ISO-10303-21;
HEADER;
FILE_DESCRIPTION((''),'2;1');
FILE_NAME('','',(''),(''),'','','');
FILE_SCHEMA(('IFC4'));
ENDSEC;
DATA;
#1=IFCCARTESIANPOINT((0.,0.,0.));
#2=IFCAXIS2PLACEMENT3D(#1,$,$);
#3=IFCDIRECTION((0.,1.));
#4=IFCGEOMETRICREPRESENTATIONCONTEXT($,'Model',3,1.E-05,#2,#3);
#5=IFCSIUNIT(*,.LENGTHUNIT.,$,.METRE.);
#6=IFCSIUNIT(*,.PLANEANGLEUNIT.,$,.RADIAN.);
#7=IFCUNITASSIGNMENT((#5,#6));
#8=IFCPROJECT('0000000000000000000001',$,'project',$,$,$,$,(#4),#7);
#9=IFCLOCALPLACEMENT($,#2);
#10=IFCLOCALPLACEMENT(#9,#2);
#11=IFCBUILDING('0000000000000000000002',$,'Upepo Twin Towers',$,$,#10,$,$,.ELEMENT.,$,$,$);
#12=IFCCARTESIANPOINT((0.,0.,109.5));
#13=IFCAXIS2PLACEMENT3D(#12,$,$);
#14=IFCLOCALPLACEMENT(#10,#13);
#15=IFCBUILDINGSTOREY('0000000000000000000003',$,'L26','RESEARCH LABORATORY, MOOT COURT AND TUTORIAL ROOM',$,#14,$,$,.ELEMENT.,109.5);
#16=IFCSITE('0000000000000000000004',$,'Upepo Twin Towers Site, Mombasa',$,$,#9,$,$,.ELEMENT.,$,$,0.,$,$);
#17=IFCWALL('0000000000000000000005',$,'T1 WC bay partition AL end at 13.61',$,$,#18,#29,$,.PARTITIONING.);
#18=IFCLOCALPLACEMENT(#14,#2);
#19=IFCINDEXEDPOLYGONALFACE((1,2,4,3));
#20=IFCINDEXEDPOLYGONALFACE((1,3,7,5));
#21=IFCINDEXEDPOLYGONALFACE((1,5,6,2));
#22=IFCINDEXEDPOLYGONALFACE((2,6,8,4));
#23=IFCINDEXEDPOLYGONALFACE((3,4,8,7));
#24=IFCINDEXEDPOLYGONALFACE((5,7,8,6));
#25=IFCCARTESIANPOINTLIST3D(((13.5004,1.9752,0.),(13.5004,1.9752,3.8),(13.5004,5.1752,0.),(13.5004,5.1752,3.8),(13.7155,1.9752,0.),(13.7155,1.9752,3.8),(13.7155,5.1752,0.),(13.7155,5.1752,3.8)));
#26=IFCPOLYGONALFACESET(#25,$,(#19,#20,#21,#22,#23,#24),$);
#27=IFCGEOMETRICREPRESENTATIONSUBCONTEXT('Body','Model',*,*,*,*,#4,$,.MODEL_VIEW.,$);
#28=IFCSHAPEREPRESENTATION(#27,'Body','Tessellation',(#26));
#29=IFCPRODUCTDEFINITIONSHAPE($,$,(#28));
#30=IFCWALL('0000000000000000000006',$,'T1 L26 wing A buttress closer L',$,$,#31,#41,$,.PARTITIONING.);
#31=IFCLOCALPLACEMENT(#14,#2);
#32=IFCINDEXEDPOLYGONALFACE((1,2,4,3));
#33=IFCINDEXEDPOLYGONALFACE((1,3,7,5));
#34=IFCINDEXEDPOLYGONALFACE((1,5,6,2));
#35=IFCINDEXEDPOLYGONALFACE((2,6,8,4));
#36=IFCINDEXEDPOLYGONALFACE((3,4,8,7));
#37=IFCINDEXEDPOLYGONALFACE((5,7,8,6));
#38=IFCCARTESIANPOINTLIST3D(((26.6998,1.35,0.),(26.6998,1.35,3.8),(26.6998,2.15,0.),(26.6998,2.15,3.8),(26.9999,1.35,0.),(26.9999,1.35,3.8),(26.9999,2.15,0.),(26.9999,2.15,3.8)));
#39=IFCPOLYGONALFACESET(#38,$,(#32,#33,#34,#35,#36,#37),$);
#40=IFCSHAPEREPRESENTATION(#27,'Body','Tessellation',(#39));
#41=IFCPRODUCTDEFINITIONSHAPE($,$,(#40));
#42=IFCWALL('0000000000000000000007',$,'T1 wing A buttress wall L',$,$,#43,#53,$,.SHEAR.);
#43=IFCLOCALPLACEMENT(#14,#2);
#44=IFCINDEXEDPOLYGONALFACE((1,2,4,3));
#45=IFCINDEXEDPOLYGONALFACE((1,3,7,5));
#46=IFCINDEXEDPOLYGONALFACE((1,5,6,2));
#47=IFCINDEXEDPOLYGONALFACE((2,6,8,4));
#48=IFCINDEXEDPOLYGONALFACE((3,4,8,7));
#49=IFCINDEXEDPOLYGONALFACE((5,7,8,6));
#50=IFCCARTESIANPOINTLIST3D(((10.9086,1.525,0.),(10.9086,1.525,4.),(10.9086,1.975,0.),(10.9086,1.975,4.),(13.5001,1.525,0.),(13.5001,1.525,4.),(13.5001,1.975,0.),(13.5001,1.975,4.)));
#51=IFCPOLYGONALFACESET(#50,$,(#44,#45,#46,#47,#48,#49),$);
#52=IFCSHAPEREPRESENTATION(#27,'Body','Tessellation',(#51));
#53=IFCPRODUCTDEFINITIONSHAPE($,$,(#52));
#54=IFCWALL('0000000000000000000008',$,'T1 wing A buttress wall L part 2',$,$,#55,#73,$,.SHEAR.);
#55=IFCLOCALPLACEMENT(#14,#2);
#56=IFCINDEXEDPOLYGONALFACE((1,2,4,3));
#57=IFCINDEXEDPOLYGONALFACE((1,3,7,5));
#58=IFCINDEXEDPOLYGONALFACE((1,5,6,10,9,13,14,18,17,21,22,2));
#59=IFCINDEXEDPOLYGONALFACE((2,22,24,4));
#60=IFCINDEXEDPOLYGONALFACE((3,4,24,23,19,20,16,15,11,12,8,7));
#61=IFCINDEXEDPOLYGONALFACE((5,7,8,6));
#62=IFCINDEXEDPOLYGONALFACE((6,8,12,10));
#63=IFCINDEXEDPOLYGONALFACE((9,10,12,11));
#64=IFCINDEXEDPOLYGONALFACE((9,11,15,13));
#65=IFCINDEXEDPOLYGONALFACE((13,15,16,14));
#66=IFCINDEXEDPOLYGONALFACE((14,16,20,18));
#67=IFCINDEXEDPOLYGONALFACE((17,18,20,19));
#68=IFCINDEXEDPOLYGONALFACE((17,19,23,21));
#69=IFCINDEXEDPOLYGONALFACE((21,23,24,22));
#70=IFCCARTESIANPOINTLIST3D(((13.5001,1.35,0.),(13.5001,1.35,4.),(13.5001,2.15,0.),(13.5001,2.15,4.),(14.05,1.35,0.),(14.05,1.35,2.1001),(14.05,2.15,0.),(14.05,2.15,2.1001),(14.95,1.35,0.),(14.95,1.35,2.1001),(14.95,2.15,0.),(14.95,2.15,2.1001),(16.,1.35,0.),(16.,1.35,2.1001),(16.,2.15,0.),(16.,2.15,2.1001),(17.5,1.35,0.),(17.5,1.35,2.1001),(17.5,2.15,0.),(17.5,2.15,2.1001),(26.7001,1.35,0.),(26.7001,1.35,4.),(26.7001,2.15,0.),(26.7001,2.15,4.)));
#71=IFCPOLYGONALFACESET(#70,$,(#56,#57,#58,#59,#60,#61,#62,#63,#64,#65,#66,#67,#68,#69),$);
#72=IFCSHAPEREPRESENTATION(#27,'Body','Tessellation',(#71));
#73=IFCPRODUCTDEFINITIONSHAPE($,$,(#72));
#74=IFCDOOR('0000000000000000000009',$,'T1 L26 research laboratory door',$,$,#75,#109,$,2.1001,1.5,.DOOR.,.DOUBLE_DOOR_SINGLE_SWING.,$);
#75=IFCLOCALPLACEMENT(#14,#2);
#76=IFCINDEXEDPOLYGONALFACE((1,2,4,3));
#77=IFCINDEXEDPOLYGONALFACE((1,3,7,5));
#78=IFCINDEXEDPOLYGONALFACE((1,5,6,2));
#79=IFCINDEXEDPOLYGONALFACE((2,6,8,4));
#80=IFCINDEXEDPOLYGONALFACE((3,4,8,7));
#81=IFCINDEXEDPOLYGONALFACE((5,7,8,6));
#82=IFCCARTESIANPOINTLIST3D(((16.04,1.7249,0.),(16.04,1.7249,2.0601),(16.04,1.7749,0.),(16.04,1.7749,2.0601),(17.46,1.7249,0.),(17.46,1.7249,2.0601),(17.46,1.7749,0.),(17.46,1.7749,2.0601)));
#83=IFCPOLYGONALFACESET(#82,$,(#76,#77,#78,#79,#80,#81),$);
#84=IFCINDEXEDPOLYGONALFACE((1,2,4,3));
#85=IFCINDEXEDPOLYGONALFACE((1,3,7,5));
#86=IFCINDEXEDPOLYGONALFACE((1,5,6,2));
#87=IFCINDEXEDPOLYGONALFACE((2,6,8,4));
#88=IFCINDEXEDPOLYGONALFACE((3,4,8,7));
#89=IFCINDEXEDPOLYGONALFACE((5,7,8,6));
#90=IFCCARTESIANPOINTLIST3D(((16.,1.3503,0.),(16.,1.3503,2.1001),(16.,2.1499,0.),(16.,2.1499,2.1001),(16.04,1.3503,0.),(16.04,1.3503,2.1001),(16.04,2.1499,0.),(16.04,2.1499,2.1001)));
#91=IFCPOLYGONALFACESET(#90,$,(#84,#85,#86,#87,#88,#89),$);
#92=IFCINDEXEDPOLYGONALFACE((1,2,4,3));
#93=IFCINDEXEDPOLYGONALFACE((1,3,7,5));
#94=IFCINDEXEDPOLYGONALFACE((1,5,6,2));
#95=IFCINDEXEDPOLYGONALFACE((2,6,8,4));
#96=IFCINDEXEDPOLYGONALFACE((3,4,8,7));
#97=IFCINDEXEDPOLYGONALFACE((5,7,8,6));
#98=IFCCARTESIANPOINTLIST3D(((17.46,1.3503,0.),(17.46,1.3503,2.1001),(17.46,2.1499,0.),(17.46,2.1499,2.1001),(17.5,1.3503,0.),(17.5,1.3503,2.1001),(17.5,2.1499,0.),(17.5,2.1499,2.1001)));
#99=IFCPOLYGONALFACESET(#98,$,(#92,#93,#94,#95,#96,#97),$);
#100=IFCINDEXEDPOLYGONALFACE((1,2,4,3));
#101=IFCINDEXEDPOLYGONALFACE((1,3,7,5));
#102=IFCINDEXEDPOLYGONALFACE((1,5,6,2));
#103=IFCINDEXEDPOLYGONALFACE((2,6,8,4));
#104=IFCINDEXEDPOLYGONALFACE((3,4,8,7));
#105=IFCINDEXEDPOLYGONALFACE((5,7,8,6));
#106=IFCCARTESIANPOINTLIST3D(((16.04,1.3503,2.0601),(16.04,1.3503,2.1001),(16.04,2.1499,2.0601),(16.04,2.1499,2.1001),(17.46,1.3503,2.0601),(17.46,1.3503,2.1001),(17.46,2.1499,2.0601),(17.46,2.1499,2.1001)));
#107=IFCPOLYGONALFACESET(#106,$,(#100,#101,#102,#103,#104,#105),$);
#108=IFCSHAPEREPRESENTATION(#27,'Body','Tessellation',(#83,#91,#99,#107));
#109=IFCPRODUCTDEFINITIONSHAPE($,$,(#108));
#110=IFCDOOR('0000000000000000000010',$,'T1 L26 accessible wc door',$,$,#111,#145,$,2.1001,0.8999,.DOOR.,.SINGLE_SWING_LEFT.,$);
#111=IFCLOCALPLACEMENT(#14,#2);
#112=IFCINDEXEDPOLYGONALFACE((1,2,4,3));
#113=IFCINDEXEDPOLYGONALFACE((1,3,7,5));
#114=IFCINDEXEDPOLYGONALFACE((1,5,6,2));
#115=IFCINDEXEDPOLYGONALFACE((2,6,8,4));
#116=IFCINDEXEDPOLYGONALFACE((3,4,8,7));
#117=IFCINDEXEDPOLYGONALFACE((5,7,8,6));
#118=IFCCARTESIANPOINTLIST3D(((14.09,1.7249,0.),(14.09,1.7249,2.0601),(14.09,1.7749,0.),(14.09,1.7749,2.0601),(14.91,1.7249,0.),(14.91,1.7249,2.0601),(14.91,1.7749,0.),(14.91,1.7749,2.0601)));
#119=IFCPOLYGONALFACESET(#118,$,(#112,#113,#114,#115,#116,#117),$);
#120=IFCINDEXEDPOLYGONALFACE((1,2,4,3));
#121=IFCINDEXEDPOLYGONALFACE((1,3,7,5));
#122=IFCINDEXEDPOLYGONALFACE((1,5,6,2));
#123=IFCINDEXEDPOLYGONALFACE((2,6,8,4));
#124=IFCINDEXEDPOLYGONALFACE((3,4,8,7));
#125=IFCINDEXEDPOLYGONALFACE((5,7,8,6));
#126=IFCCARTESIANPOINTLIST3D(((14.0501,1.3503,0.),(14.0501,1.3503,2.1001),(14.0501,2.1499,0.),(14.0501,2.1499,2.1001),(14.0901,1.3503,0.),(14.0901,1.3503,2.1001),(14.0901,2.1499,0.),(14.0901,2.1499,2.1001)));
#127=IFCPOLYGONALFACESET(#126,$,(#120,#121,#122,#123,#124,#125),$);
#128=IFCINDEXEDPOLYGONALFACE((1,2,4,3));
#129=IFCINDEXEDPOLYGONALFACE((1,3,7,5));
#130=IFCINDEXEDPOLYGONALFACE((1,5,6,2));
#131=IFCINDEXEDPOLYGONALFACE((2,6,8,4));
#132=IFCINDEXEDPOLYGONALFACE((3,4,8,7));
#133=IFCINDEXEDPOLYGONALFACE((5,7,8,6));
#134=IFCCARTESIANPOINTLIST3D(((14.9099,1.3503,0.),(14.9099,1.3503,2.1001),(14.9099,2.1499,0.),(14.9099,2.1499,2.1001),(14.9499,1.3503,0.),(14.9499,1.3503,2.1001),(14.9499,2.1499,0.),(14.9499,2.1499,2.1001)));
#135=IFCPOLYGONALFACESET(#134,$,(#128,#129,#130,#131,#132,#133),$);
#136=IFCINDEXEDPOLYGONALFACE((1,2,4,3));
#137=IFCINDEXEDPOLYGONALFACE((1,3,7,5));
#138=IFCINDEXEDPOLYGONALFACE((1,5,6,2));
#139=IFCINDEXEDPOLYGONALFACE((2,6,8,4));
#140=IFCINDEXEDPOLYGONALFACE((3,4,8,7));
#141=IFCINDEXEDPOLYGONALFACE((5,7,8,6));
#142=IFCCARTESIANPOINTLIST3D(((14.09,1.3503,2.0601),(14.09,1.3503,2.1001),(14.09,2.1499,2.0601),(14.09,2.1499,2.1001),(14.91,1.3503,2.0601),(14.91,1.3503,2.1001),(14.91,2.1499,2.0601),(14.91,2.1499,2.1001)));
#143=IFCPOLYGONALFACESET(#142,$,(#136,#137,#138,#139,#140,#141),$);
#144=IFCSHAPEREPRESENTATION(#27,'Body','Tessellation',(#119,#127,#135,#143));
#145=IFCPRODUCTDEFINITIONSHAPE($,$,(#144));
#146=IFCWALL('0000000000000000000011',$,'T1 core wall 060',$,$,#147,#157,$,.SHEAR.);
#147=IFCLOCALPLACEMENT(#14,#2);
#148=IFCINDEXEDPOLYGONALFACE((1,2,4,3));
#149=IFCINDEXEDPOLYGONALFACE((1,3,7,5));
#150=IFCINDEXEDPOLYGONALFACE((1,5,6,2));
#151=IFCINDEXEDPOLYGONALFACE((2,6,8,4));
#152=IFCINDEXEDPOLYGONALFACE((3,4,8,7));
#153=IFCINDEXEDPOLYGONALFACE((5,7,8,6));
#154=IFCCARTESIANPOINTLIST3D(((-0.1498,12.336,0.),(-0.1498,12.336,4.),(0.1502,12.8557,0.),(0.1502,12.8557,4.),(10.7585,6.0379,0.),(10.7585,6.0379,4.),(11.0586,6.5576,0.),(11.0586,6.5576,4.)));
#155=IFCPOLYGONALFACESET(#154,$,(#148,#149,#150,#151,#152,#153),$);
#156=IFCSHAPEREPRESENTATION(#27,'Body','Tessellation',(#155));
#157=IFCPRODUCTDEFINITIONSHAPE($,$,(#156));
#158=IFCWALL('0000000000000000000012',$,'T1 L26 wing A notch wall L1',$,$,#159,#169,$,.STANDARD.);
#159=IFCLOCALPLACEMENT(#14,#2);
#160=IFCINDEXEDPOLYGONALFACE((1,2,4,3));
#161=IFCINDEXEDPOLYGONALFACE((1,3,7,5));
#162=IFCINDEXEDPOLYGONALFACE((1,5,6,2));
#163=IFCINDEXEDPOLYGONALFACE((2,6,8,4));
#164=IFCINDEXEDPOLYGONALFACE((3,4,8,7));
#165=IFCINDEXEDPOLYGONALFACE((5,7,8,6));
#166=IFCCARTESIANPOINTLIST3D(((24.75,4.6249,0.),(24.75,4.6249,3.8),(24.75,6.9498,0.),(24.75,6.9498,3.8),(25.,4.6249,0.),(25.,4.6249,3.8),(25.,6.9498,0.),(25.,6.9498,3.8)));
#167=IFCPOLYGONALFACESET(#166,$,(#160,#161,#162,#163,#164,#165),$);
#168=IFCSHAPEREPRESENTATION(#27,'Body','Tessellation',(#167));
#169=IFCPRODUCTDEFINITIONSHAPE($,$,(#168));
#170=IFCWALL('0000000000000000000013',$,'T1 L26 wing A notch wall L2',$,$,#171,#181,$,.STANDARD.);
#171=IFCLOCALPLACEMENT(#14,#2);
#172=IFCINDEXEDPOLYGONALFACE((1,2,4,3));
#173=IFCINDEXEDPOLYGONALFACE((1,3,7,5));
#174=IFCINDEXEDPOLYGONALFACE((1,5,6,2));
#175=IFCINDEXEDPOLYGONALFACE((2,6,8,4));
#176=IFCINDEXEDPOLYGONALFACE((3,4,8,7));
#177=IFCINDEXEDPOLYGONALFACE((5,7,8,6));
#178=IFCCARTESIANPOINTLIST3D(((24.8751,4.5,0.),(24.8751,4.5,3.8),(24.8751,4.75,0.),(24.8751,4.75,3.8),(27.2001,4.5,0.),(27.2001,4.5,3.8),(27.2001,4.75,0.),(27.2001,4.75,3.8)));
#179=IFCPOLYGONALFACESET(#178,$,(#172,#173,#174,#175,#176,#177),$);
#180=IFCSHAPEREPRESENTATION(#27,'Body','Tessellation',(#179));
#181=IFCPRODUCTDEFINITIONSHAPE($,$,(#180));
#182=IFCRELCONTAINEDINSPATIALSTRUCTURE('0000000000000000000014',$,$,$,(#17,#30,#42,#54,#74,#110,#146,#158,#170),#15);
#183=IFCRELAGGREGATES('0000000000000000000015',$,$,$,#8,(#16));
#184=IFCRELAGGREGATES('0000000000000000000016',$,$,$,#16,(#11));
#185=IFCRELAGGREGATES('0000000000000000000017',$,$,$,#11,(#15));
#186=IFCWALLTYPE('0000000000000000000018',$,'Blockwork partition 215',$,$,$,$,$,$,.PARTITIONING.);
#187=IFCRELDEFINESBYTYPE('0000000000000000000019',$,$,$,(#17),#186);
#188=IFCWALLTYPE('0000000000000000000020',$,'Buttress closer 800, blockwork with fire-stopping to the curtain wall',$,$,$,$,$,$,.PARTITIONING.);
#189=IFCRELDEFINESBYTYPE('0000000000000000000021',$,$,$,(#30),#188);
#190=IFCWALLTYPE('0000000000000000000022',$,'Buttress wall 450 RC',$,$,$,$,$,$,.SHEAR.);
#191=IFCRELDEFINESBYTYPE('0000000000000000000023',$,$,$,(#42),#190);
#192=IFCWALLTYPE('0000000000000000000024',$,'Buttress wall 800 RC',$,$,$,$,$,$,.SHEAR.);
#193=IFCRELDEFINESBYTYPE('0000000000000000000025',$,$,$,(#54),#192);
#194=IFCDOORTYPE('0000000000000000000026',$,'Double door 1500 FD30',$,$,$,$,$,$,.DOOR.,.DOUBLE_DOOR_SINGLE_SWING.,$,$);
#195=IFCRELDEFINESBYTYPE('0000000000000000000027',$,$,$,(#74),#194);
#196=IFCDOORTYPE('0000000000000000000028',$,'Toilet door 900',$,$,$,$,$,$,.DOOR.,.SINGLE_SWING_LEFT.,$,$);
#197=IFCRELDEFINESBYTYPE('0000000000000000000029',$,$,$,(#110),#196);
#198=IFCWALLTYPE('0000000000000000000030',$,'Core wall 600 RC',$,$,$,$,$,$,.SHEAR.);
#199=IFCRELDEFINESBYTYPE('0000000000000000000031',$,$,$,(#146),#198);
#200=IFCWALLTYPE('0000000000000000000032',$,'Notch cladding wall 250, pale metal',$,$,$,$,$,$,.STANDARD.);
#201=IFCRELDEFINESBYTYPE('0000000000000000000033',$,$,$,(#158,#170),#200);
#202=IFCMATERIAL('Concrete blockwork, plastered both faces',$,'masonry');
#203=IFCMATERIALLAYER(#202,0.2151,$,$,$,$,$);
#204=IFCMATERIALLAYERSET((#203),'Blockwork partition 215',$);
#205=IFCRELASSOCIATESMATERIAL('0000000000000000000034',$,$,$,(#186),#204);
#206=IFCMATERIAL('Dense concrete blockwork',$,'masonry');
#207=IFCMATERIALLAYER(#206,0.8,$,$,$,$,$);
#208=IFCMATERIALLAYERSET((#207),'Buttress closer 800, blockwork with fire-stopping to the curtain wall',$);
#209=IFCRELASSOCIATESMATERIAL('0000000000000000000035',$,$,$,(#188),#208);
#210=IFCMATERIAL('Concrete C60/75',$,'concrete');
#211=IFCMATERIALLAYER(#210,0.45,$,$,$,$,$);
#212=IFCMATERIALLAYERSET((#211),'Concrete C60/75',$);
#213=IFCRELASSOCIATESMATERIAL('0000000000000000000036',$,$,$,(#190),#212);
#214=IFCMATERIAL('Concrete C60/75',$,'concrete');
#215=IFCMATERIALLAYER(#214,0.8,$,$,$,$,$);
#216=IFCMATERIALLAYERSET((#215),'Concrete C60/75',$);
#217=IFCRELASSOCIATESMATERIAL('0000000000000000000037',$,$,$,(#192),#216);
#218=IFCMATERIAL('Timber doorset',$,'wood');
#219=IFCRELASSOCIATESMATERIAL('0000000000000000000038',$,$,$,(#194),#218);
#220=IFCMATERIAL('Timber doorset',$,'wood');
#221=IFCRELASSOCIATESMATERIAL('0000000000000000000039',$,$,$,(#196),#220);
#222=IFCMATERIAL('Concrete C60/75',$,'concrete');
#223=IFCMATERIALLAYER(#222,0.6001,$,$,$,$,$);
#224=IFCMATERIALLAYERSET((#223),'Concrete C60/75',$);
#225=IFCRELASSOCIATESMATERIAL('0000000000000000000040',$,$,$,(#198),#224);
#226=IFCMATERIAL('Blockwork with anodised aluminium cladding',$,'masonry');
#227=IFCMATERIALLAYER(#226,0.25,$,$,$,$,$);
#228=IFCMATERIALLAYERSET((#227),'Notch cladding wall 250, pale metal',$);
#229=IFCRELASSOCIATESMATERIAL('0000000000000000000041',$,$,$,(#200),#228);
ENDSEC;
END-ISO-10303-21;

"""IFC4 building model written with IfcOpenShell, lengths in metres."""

from ifc_helpers import new_model, si_unit, direction, frame, frame_2d, origin, place, context, subcontext, project, spatial, rectangle, extrude, material, layer, layer_set, type_object, element, fill, save


model = new_model("IFC4")

# Units and contexts
model_context = context("Model", 3, precision=1e-05, world=origin(), true_north=direction((0.0, 1.0)))
body_context = subcontext(model_context, "Body", "Model", "MODEL_VIEW")
ifc_project = project(units=[si_unit("LENGTHUNIT", "METRE"), si_unit("PLANEANGLEUNIT", "RADIAN")], contexts=[model_context])

# Site, building, storey
site_placement = place(None, origin())
site = spatial("IfcSite", under=ifc_project, at=site_placement, Name="Upepo Twin Towers Site, Mombasa", CompositionType="ELEMENT", RefElevation=0.0)
building_placement = place(site_placement, origin())
building = spatial("IfcBuilding", under=site, at=building_placement, Name="Upepo Twin Towers", CompositionType="ELEMENT")
storey_placement = place(building_placement, frame((0.0, 0.0, 109.5)))
storey = spatial("IfcBuildingStorey", under=building, at=storey_placement, Name="L26", Description="RESEARCH LABORATORY, MOOT COURT AND TUTORIAL ROOM", CompositionType="ELEMENT", Elevation=109.5)

# Shared definitions
ifc_material_1 = material(Name="Concrete blockwork, plastered both faces", Category="masonry")
ifc_layer_1 = layer(ifc_material_1, 0.2151)
ifc_layer_set_1 = layer_set([ifc_layer_1], Name="Blockwork partition 215")
wall_type_1 = type_object("IfcWallType", Name="Blockwork partition 215", PredefinedType="PARTITIONING", material=ifc_layer_set_1)

# Walls
wall_1_placement = place(storey_placement, frame((13.6079, 1.9751, 0.0), z_axis=(0.0, 0.0, 1.0), x_axis=(0.0, 1.0, 0.0)))
element("IfcWall", 1, at=wall_1_placement, inside=storey, type_object=wall_type_1, Name="T1 WC bay partition AL end at 13.61", PredefinedType="PARTITIONING", context=body_context, shape_type="SweptSolid", body=[
    extrude(rectangle(XDim=3.2, YDim=0.2151, at=frame_2d((1.6001, 0.0))), origin(), (0.0, 0.0, 1.0), 3.8),
])
ifc_material_2 = material(Name="Dense concrete blockwork", Category="masonry")
ifc_layer_2 = layer(ifc_material_2, 0.8)
ifc_layer_set_2 = layer_set([ifc_layer_2], Name="Buttress closer 800, blockwork with fire-stopping to the curtain wall")
wall_type_2 = type_object("IfcWallType", Name="Buttress closer 800, blockwork with fire-stopping to the curtain wall", PredefinedType="PARTITIONING", material=ifc_layer_set_2)
wall_2_placement = place(storey_placement, frame((26.7, 1.75, 0.0), z_axis=(0.0, 0.0, 1.0), x_axis=(1.0, 0.0, 0.0)))
element("IfcWall", 2, at=wall_2_placement, inside=storey, type_object=wall_type_2, Name="T1 L26 wing A buttress closer L", PredefinedType="PARTITIONING", context=body_context, shape_type="SweptSolid", body=[
    extrude(rectangle(XDim=0.3, YDim=0.8, at=frame_2d((0.1499, 0.0))), origin(), (0.0, 0.0, 1.0), 3.8),
])
ifc_material_3 = material(Name="Concrete C60/75", Category="concrete")
ifc_layer_3 = layer(ifc_material_3, 0.45)
ifc_layer_set_3 = layer_set([ifc_layer_3], Name="Concrete C60/75")
wall_type_3 = type_object("IfcWallType", Name="Buttress wall 450 RC", PredefinedType="SHEAR", material=ifc_layer_set_3)
wall_3_placement = place(storey_placement, frame((10.9084, 1.75, 0.0), z_axis=(0.0, 0.0, 1.0), x_axis=(1.0, 0.0, 0.0)))
element("IfcWall", 3, at=wall_3_placement, inside=storey, type_object=wall_type_3, Name="T1 wing A buttress wall L", PredefinedType="SHEAR", context=body_context, shape_type="SweptSolid", body=[
    extrude(rectangle(XDim=2.5916, YDim=0.45, at=frame_2d((1.2959, 0.0))), origin(), (0.0, 0.0, 1.0), 4.0),
])

# Wall, openings, doors
ifc_material_4 = material(Name="Concrete C60/75", Category="concrete")
ifc_layer_4 = layer(ifc_material_4, 0.8)
ifc_layer_set_4 = layer_set([ifc_layer_4], Name="Concrete C60/75")
wall_type_4 = type_object("IfcWallType", Name="Buttress wall 800 RC", PredefinedType="SHEAR", material=ifc_layer_set_4)
wall_4_placement = place(storey_placement, frame((13.5, 1.75, 0.0), z_axis=(0.0, 0.0, 1.0), x_axis=(1.0, 0.0, 0.0)))
wall_4 = element("IfcWall", 4, at=wall_4_placement, inside=storey, type_object=wall_type_4, Name="T1 wing A buttress wall L part 2", PredefinedType="SHEAR", context=body_context, shape_type="SweptSolid", body=[
    extrude(rectangle(XDim=13.2, YDim=0.8, at=frame_2d((6.6001, 0.0))), origin(), (0.0, 0.0, 1.0), 4.0),
])
opening_1_placement = place(wall_4_placement, frame((0.55, 0.0, 0.0)))
opening_1 = element("IfcOpeningElement", 5, at=opening_1_placement, cuts=wall_4, PredefinedType="OPENING", context=body_context, shape_type="SweptSolid", body=[
    extrude(rectangle(XDim=0.8999, YDim=2.1001, at=frame_2d((0.45, 1.05))), frame((0.0, 0.4099, 0.0), z_axis=(0.0, -1.0, 0.0), x_axis=(1.0, 0.0, 0.0)), (0.0, 0.0, 1.0), 0.8201),
])
opening_2_placement = place(wall_4_placement, frame((2.5, 0.0, 0.0)))
opening_2 = element("IfcOpeningElement", 6, at=opening_2_placement, cuts=wall_4, PredefinedType="OPENING", context=body_context, shape_type="SweptSolid", body=[
    extrude(rectangle(XDim=1.5, YDim=2.1001, at=frame_2d((0.75, 1.05))), frame((0.0, 0.4099, 0.0), z_axis=(0.0, -1.0, 0.0), x_axis=(1.0, 0.0, 0.0)), (0.0, 0.0, 1.0), 0.8201),
])
ifc_material_5 = material(Name="Timber doorset", Category="wood")
door_type_1 = type_object("IfcDoorType", Name="Double door 1500 FD30", OperationType="DOUBLE_DOOR_SINGLE_SWING", PredefinedType="DOOR", material=ifc_material_5)
door_1_placement = place(opening_2_placement, origin())
door_1 = element("IfcDoor", 7, at=door_1_placement, inside=storey, type_object=door_type_1, Name="T1 L26 research laboratory door", OperationType="DOUBLE_DOOR_SINGLE_SWING", OverallHeight=2.1001, OverallWidth=1.5, PredefinedType="DOOR", context=body_context, shape_type="SweptSolid", body=[
    extrude(rectangle(XDim=1.42, YDim=2.0601, at=frame_2d((0.75, 1.03))), frame((0.0, 0.0249, 0.0), z_axis=(0.0, -1.0, 0.0), x_axis=(1.0, 0.0, 0.0)), (0.0, 0.0, 1.0), 0.05),
    extrude(rectangle(XDim=0.04, YDim=2.1001, at=frame_2d((0.02, 1.05))), frame((0.0, 0.3999, 0.0), z_axis=(0.0, -1.0, 0.0), x_axis=(1.0, 0.0, 0.0)), (0.0, 0.0, 1.0), 0.7996),
    extrude(rectangle(XDim=0.04, YDim=2.1001, at=frame_2d((1.48, 1.05))), frame((0.0, 0.3999, 0.0), z_axis=(0.0, -1.0, 0.0), x_axis=(1.0, 0.0, 0.0)), (0.0, 0.0, 1.0), 0.7996),
    extrude(rectangle(XDim=1.42, YDim=0.04, at=frame_2d((0.75, 2.0801))), frame((0.0, 0.3999, 0.0), z_axis=(0.0, -1.0, 0.0), x_axis=(1.0, 0.0, 0.0)), (0.0, 0.0, 1.0), 0.7996),
])
fill(opening_2, door_1)
ifc_material_6 = material(Name="Timber doorset", Category="wood")
door_type_2 = type_object("IfcDoorType", Name="Toilet door 900", OperationType="SINGLE_SWING_LEFT", PredefinedType="DOOR", material=ifc_material_6)
door_2_placement = place(opening_1_placement, origin())
door_2 = element("IfcDoor", 8, at=door_2_placement, inside=storey, type_object=door_type_2, Name="T1 L26 accessible wc door", OperationType="SINGLE_SWING_LEFT", OverallHeight=2.1001, OverallWidth=0.8999, PredefinedType="DOOR", context=body_context, shape_type="SweptSolid", body=[
    extrude(rectangle(XDim=0.8199, YDim=2.0601, at=frame_2d((0.45, 1.03))), frame((0.0, 0.0249, 0.0), z_axis=(0.0, -1.0, 0.0), x_axis=(1.0, 0.0, 0.0)), (0.0, 0.0, 1.0), 0.05),
    extrude(rectangle(XDim=0.04, YDim=2.1001, at=frame_2d((0.02, 1.05))), frame((0.0, 0.3999, 0.0), z_axis=(0.0, -1.0, 0.0), x_axis=(1.0, 0.0, 0.0)), (0.0, 0.0, 1.0), 0.7996),
    extrude(rectangle(XDim=0.04, YDim=2.1001, at=frame_2d((0.8799, 1.05))), frame((0.0, 0.3999, 0.0), z_axis=(0.0, -1.0, 0.0), x_axis=(1.0, 0.0, 0.0)), (0.0, 0.0, 1.0), 0.7996),
    extrude(rectangle(XDim=0.8199, YDim=0.04, at=frame_2d((0.45, 2.0801))), frame((0.0, 0.3999, 0.0), z_axis=(0.0, -1.0, 0.0), x_axis=(1.0, 0.0, 0.0)), (0.0, 0.0, 1.0), 0.7996),
])
fill(opening_1, door_2)

# Walls
ifc_material_7 = material(Name="Concrete C60/75", Category="concrete")
ifc_layer_5 = layer(ifc_material_7, 0.6001)
ifc_layer_set_5 = layer_set([ifc_layer_5], Name="Concrete C60/75")
wall_type_5 = type_object("IfcWallType", Name="Core wall 600 RC", PredefinedType="SHEAR", material=ifc_layer_set_5)
wall_5_placement = place(storey_placement, frame((10.9084, 6.2979, 0.0), z_axis=(0.0, 0.0, 1.0), x_axis=(-0.866022, 0.500006, 0.0)))
element("IfcWall", 9, at=wall_5_placement, inside=storey, type_object=wall_type_5, Name="T1 core wall 060", PredefinedType="SHEAR", context=body_context, shape_type="SweptSolid", body=[
    extrude(rectangle(XDim=12.5959, YDim=0.6001, at=frame_2d((6.2979, 0.0))), origin(), (0.0, 0.0, 1.0), 4.0),
])
ifc_material_8 = material(Name="Blockwork with anodised aluminium cladding", Category="masonry")
ifc_layer_6 = layer(ifc_material_8, 0.25)
ifc_layer_set_6 = layer_set([ifc_layer_6], Name="Notch cladding wall 250, pale metal")
wall_type_6 = type_object("IfcWallType", Name="Notch cladding wall 250, pale metal", PredefinedType="STANDARD", material=ifc_layer_set_6)
for number, where, z_axis, x_axis, name in (
    (10, (24.875, 6.95, 0.0), (0.0, 0.0, 1.0), (0.0, -1.0, 0.0), "T1 L26 wing A notch wall L1"),
    (11, (24.875, 4.625, 0.0), (0.0, 0.0, 1.0), (1.0, 0.0, 0.0), "T1 L26 wing A notch wall L2"),
):
    element("IfcWall", number, at=place(storey_placement, frame(where, z_axis=z_axis, x_axis=x_axis)), inside=storey, type_object=wall_type_6, Name=name, PredefinedType="STANDARD", context=body_context, shape_type="SweptSolid", body=[
        extrude(rectangle(XDim=2.325, YDim=0.25, at=frame_2d((1.1626, 0.0))), origin(), (0.0, 0.0, 1.0), 3.8),
    ])

save(model, "model.ifc")
